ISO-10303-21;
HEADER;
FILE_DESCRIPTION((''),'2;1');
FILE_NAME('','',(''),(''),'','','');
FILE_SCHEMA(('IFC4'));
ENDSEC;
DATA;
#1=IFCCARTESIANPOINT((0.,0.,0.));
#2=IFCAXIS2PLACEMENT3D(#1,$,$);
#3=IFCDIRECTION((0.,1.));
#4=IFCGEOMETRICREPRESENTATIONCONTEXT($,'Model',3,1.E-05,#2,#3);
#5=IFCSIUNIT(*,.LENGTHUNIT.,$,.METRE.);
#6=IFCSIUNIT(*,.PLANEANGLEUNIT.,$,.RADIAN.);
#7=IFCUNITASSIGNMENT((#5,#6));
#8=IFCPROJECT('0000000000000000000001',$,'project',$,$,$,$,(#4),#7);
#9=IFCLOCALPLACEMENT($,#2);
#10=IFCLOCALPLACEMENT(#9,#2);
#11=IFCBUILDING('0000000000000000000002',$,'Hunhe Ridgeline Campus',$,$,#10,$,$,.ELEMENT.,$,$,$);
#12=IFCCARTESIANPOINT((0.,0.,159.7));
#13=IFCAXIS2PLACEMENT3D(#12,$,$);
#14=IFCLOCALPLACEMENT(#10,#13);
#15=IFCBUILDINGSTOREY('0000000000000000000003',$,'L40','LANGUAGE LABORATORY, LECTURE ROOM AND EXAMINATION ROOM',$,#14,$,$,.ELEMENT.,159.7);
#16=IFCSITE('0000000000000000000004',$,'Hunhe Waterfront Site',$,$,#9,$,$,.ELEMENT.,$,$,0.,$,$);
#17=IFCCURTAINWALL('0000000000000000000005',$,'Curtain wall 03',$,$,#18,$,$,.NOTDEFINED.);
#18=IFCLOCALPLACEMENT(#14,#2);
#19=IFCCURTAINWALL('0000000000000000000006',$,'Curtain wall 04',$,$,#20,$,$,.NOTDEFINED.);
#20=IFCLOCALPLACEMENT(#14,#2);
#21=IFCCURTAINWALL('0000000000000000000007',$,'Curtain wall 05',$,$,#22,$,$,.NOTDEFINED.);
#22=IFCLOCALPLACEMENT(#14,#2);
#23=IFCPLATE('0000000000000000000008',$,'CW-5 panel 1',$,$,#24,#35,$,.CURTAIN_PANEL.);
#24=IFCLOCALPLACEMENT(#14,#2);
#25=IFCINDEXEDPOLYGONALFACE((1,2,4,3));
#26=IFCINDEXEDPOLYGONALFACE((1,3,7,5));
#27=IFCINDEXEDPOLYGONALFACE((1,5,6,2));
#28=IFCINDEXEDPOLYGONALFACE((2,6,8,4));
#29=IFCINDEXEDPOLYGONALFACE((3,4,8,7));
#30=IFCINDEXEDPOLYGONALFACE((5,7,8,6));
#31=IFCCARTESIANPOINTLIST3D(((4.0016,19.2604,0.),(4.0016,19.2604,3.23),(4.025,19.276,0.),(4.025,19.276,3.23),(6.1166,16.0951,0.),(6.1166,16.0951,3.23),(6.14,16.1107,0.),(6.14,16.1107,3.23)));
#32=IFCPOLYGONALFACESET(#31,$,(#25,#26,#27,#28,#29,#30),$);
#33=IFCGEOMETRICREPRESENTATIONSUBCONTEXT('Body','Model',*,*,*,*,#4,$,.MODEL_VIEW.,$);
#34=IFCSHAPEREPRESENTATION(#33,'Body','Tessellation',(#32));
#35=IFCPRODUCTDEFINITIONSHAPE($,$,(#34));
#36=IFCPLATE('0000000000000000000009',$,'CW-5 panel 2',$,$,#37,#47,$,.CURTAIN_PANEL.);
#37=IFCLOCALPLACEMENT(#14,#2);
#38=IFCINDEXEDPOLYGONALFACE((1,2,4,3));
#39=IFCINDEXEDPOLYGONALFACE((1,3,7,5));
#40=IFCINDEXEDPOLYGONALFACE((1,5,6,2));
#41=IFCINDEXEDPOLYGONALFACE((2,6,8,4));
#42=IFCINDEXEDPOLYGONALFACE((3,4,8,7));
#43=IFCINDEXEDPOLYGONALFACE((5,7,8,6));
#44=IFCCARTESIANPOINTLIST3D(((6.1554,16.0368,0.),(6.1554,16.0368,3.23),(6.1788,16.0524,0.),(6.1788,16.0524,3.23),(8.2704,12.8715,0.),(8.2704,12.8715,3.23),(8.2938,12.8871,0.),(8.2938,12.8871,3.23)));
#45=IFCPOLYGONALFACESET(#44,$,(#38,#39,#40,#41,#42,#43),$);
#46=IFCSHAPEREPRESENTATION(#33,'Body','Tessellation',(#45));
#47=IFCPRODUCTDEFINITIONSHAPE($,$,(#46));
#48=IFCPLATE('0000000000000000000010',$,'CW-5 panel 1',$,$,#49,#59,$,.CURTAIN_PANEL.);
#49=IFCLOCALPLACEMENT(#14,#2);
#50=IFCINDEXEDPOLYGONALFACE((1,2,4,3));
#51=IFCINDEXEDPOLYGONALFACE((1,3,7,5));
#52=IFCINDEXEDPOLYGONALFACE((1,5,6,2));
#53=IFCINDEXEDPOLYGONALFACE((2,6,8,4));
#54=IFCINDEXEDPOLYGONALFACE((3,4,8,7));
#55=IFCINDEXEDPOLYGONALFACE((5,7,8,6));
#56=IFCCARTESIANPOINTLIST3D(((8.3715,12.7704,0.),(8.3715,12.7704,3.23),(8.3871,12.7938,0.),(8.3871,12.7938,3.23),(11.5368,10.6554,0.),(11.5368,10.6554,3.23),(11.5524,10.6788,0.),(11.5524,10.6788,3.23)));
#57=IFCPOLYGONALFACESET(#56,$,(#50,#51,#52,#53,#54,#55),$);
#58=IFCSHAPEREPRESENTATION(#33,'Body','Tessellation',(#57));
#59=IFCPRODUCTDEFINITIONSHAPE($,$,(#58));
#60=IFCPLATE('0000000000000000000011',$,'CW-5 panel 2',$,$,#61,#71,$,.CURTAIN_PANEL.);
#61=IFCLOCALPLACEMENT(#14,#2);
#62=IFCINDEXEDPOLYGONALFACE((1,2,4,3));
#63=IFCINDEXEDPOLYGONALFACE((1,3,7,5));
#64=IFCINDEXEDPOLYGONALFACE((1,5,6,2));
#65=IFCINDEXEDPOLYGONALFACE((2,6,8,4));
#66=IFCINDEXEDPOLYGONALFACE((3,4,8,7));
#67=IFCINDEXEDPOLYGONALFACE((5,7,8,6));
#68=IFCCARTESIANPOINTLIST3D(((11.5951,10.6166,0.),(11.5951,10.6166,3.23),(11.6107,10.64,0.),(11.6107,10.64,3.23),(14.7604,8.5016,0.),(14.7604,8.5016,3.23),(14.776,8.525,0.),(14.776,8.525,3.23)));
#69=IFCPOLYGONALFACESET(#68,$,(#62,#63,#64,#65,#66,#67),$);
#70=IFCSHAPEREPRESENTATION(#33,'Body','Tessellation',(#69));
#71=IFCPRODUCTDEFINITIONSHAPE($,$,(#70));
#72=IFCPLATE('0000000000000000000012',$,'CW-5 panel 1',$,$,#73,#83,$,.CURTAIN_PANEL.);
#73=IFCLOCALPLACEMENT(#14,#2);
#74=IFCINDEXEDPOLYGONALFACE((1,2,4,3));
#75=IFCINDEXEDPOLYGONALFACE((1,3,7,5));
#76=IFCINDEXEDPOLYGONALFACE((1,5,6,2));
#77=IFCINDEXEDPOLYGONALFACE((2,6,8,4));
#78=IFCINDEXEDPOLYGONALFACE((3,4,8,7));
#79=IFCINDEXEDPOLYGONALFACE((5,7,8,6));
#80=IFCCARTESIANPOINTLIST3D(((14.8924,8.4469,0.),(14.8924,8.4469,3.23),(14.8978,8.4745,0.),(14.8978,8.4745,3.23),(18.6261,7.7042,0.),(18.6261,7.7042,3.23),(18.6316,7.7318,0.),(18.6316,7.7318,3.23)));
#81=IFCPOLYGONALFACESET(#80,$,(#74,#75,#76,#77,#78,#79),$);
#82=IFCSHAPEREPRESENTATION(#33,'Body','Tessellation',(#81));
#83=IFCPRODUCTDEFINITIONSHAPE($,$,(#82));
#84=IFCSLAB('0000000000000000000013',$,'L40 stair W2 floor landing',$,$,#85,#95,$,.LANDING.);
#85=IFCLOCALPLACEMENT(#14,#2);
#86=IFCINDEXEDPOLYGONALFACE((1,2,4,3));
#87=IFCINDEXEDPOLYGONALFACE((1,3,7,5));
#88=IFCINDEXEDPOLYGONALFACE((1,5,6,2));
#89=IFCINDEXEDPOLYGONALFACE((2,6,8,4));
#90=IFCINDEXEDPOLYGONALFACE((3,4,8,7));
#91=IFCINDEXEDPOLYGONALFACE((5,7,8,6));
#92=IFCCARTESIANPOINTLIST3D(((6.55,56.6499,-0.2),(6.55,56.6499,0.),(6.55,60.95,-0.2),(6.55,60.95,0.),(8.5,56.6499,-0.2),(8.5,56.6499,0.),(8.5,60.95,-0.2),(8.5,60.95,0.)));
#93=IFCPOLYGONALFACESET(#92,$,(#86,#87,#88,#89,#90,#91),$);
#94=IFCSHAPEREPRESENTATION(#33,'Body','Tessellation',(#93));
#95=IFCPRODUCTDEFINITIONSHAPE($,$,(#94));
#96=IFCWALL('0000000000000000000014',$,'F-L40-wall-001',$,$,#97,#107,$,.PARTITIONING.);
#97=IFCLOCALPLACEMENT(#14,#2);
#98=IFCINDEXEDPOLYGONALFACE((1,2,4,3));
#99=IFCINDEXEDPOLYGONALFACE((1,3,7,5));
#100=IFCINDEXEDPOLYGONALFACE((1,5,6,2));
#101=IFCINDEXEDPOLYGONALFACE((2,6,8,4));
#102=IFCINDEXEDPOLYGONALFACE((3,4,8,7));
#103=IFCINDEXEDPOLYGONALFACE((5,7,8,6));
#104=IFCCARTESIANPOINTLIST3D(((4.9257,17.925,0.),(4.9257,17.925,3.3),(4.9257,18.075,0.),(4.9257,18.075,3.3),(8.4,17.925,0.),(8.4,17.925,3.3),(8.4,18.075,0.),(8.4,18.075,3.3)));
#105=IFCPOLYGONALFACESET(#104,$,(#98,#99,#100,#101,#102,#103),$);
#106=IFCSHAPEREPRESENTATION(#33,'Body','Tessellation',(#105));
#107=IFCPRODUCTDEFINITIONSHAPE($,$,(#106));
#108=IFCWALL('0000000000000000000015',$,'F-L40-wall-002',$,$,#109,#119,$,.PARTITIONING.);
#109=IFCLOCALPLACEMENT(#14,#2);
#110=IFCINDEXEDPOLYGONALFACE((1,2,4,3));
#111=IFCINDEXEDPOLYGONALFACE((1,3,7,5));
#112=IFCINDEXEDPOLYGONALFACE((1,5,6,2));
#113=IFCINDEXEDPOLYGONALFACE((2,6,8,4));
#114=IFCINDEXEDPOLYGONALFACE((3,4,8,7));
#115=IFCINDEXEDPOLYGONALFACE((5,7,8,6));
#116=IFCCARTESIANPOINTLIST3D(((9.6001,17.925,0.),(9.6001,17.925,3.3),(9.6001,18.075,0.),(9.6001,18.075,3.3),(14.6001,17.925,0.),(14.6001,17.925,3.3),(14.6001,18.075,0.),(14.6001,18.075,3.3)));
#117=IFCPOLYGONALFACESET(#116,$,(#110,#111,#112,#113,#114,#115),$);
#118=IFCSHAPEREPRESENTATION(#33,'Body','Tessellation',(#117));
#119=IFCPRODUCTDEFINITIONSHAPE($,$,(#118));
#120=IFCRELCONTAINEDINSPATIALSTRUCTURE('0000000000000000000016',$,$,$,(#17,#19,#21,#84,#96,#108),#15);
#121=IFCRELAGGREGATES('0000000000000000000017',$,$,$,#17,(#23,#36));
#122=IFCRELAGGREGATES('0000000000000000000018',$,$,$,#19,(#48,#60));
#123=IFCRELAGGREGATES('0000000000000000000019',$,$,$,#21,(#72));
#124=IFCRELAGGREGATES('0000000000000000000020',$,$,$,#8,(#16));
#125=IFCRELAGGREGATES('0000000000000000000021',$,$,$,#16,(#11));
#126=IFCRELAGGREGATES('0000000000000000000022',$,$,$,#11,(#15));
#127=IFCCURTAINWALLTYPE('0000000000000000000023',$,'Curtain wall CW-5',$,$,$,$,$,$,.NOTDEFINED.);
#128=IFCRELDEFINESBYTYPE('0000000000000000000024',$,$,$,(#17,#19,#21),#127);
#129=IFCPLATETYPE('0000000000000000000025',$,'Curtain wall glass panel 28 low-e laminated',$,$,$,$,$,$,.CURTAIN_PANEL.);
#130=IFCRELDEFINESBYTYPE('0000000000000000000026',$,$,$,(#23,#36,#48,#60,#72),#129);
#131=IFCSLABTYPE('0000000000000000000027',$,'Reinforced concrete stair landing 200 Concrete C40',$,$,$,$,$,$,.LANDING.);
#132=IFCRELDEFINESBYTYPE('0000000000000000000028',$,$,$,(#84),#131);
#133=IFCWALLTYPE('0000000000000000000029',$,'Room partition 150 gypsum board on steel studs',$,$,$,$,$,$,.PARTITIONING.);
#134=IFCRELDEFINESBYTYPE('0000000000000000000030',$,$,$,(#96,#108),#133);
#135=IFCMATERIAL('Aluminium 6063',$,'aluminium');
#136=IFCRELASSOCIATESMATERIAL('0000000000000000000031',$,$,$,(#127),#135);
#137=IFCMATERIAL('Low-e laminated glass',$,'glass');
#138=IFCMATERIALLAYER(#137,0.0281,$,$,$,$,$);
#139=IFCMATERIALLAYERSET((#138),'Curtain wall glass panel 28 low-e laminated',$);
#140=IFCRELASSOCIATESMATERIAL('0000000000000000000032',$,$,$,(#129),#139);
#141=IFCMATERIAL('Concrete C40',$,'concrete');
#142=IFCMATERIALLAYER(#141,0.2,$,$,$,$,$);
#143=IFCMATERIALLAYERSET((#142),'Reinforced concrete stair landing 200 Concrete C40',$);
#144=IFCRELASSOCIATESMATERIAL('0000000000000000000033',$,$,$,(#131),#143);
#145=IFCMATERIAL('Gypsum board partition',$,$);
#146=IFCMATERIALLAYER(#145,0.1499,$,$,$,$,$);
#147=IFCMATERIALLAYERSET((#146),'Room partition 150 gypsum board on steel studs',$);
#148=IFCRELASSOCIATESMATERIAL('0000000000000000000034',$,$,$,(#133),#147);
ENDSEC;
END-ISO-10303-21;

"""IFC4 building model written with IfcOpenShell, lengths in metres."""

from ifc_helpers import new_model, si_unit, direction, frame, frame_2d, origin, origin_2d, place, context, subcontext, project, spatial, polyline, rectangle, outline, extrude, material, layer, layer_set, type_object, element, aggregate, save


model = new_model("IFC4")

# Units and contexts
model_context = context("Model", 3, precision=1e-05, world=origin(), true_north=direction((0.0, 1.0)))
body_context = subcontext(model_context, "Body", "Model", "MODEL_VIEW")
ifc_project = project(units=[si_unit("LENGTHUNIT", "METRE"), si_unit("PLANEANGLEUNIT", "RADIAN")], contexts=[model_context])

# Site, building, storey
site_placement = place(None, origin())
site = spatial("IfcSite", under=ifc_project, at=site_placement, Name="Hunhe Waterfront Site", CompositionType="ELEMENT", RefElevation=0.0)
building_placement = place(site_placement, origin())
building = spatial("IfcBuilding", under=site, at=building_placement, Name="Hunhe Ridgeline Campus", CompositionType="ELEMENT")
storey_placement = place(building_placement, frame((0.0, 0.0, 159.7)))
storey = spatial("IfcBuildingStorey", under=building, at=storey_placement, Name="L40", Description="LANGUAGE LABORATORY, LECTURE ROOM AND EXAMINATION ROOM", CompositionType="ELEMENT", Elevation=159.7)

# Curtain walls
ifc_material_1 = material(Name="Aluminium 6063", Category="aluminium")
curtain_wall_type = type_object("IfcCurtainWallType", Name="Curtain wall CW-5", PredefinedType="NOTDEFINED", material=ifc_material_1)
curtain_wall_1_placement = place(storey_placement, origin())
curtain_wall_1 = element("IfcCurtainWall", 1, at=curtain_wall_1_placement, inside=storey, type_object=curtain_wall_type, Name="Curtain wall 03", PredefinedType="NOTDEFINED")
curtain_wall_2_placement = place(storey_placement, origin())
curtain_wall_2 = element("IfcCurtainWall", 2, at=curtain_wall_2_placement, inside=storey, type_object=curtain_wall_type, Name="Curtain wall 04", PredefinedType="NOTDEFINED")
curtain_wall_3_placement = place(storey_placement, origin())
curtain_wall_3 = element("IfcCurtainWall", 3, at=curtain_wall_3_placement, inside=storey, type_object=curtain_wall_type, Name="Curtain wall 05", PredefinedType="NOTDEFINED")

# Plates
ifc_material_2 = material(Name="Low-e laminated glass", Category="glass")
ifc_layer_1 = layer(ifc_material_2, 0.0281)
ifc_layer_set_1 = layer_set([ifc_layer_1], Name="Curtain wall glass panel 28 low-e laminated")
plate_type = type_object("IfcPlateType", Name="Curtain wall glass panel 28 low-e laminated", PredefinedType="CURTAIN_PANEL", material=ifc_layer_set_1)
plate_1_placement = place(storey_placement, frame((5.0708, 17.6855, 0.0), z_axis=(0.0, 0.0, 1.0), x_axis=(0.55557, -0.83147, 0.0)))
plate_1 = element("IfcPlate", 4, at=plate_1_placement, type_object=plate_type, Name="CW-5 panel 1", PredefinedType="CURTAIN_PANEL", context=body_context, shape_type="SweptSolid", body=[
    extrude(rectangle(XDim=3.8069, YDim=0.0281, at=origin_2d()), origin(), (0.0, 0.0, 1.0), 3.23),
])
plate_2_placement = place(storey_placement, frame((7.2246, 14.4619, 0.0), z_axis=(0.0, 0.0, 1.0), x_axis=(0.55557, -0.83147, 0.0)))
plate_2 = element("IfcPlate", 5, at=plate_2_placement, type_object=plate_type, Name="CW-5 panel 2", PredefinedType="CURTAIN_PANEL", context=body_context, shape_type="SweptSolid", body=[
    extrude(rectangle(XDim=3.8069, YDim=0.0281, at=origin_2d()), origin(), (0.0, 0.0, 1.0), 3.23),
])
aggregate(curtain_wall_1, [plate_1, plate_2])
plate_3_placement = place(storey_placement, frame((9.9619, 11.7246, 0.0), z_axis=(0.0, 0.0, 1.0), x_axis=(0.83147, -0.55557, 0.0)))
plate_3 = element("IfcPlate", 6, at=plate_3_placement, type_object=plate_type, Name="CW-5 panel 1", PredefinedType="CURTAIN_PANEL", context=body_context, shape_type="SweptSolid", body=[
    extrude(rectangle(XDim=3.8069, YDim=0.0281, at=origin_2d()), origin(), (0.0, 0.0, 1.0), 3.23),
])
plate_4_placement = place(storey_placement, frame((13.1855, 9.5708, 0.0), z_axis=(0.0, 0.0, 1.0), x_axis=(0.83147, -0.55557, 0.0)))
plate_4 = element("IfcPlate", 7, at=plate_4_placement, type_object=plate_type, Name="CW-5 panel 2", PredefinedType="CURTAIN_PANEL", context=body_context, shape_type="SweptSolid", body=[
    extrude(rectangle(XDim=3.8069, YDim=0.0281, at=origin_2d()), origin(), (0.0, 0.0, 1.0), 3.23),
])
aggregate(curtain_wall_2, [plate_3, plate_4])
plate_5_placement = place(storey_placement, frame((16.762, 8.0894, 0.0), z_axis=(0.0, 0.0, 1.0), x_axis=(0.980785, -0.19509, 0.0)))
plate_5 = element("IfcPlate", 8, at=plate_5_placement, type_object=plate_type, Name="CW-5 panel 1", PredefinedType="CURTAIN_PANEL", context=body_context, shape_type="SweptSolid", body=[
    extrude(rectangle(XDim=3.8069, YDim=0.0281, at=origin_2d()), origin(), (0.0, 0.0, 1.0), 3.23),
])
aggregate(curtain_wall_3, [plate_5])

# Slab
ifc_material_3 = material(Name="Concrete C40", Category="concrete")
ifc_layer_2 = layer(ifc_material_3, 0.2)
ifc_layer_set_2 = layer_set([ifc_layer_2], Name="Reinforced concrete stair landing 200 Concrete C40")
slab_type = type_object("IfcSlabType", Name="Reinforced concrete stair landing 200 Concrete C40", PredefinedType="LANDING", material=ifc_layer_set_2)
slab_placement = place(storey_placement, frame((0.0, 0.0, -0.2)))
element("IfcSlab", 9, at=slab_placement, inside=storey, type_object=slab_type, Name="L40 stair W2 floor landing", PredefinedType="LANDING", context=body_context, shape_type="SweptSolid", body=[
    extrude(outline(polyline([(8.5, 60.95), (6.55, 60.95), (6.55, 56.6499), (8.5, 56.6499), (8.5, 60.95)])), origin(), (0.0, 0.0, 1.0), 0.2),
])

# Shared definitions
ifc_material_4 = material(Name="Gypsum board partition")

# Walls
ifc_layer_3 = layer(ifc_material_4, 0.1499)
ifc_layer_set_3 = layer_set([ifc_layer_3], Name="Room partition 150 gypsum board on steel studs")
wall_type_1 = type_object("IfcWallType", Name="Room partition 150 gypsum board on steel studs", PredefinedType="PARTITIONING", material=ifc_layer_set_3)
wall_1_placement = place(storey_placement, frame((4.9255, 18.0, 0.0), z_axis=(0.0, 0.0, 1.0), x_axis=(1.0, 0.0, 0.0)))
element("IfcWall", 10, at=wall_1_placement, inside=storey, type_object=wall_type_1, Name="F-L40-wall-001", PredefinedType="PARTITIONING", context=body_context, shape_type="SweptSolid", body=[
    extrude(rectangle(XDim=3.4744, YDim=0.1499, at=frame_2d((1.7373, 0.0))), origin(), (0.0, 0.0, 1.0), 3.3),
])
wall_2_placement = place(storey_placement, frame((9.6001, 18.0, 0.0), z_axis=(0.0, 0.0, 1.0), x_axis=(1.0, 0.0, 0.0)))
element("IfcWall", 11, at=wall_2_placement, inside=storey, type_object=wall_type_1, Name="F-L40-wall-002", PredefinedType="PARTITIONING", context=body_context, shape_type="SweptSolid", body=[
    extrude(rectangle(XDim=5.0, YDim=0.1499, at=frame_2d((2.5, 0.0))), origin(), (0.0, 0.0, 1.0), 3.3),
])

save(model, "model.ifc")
